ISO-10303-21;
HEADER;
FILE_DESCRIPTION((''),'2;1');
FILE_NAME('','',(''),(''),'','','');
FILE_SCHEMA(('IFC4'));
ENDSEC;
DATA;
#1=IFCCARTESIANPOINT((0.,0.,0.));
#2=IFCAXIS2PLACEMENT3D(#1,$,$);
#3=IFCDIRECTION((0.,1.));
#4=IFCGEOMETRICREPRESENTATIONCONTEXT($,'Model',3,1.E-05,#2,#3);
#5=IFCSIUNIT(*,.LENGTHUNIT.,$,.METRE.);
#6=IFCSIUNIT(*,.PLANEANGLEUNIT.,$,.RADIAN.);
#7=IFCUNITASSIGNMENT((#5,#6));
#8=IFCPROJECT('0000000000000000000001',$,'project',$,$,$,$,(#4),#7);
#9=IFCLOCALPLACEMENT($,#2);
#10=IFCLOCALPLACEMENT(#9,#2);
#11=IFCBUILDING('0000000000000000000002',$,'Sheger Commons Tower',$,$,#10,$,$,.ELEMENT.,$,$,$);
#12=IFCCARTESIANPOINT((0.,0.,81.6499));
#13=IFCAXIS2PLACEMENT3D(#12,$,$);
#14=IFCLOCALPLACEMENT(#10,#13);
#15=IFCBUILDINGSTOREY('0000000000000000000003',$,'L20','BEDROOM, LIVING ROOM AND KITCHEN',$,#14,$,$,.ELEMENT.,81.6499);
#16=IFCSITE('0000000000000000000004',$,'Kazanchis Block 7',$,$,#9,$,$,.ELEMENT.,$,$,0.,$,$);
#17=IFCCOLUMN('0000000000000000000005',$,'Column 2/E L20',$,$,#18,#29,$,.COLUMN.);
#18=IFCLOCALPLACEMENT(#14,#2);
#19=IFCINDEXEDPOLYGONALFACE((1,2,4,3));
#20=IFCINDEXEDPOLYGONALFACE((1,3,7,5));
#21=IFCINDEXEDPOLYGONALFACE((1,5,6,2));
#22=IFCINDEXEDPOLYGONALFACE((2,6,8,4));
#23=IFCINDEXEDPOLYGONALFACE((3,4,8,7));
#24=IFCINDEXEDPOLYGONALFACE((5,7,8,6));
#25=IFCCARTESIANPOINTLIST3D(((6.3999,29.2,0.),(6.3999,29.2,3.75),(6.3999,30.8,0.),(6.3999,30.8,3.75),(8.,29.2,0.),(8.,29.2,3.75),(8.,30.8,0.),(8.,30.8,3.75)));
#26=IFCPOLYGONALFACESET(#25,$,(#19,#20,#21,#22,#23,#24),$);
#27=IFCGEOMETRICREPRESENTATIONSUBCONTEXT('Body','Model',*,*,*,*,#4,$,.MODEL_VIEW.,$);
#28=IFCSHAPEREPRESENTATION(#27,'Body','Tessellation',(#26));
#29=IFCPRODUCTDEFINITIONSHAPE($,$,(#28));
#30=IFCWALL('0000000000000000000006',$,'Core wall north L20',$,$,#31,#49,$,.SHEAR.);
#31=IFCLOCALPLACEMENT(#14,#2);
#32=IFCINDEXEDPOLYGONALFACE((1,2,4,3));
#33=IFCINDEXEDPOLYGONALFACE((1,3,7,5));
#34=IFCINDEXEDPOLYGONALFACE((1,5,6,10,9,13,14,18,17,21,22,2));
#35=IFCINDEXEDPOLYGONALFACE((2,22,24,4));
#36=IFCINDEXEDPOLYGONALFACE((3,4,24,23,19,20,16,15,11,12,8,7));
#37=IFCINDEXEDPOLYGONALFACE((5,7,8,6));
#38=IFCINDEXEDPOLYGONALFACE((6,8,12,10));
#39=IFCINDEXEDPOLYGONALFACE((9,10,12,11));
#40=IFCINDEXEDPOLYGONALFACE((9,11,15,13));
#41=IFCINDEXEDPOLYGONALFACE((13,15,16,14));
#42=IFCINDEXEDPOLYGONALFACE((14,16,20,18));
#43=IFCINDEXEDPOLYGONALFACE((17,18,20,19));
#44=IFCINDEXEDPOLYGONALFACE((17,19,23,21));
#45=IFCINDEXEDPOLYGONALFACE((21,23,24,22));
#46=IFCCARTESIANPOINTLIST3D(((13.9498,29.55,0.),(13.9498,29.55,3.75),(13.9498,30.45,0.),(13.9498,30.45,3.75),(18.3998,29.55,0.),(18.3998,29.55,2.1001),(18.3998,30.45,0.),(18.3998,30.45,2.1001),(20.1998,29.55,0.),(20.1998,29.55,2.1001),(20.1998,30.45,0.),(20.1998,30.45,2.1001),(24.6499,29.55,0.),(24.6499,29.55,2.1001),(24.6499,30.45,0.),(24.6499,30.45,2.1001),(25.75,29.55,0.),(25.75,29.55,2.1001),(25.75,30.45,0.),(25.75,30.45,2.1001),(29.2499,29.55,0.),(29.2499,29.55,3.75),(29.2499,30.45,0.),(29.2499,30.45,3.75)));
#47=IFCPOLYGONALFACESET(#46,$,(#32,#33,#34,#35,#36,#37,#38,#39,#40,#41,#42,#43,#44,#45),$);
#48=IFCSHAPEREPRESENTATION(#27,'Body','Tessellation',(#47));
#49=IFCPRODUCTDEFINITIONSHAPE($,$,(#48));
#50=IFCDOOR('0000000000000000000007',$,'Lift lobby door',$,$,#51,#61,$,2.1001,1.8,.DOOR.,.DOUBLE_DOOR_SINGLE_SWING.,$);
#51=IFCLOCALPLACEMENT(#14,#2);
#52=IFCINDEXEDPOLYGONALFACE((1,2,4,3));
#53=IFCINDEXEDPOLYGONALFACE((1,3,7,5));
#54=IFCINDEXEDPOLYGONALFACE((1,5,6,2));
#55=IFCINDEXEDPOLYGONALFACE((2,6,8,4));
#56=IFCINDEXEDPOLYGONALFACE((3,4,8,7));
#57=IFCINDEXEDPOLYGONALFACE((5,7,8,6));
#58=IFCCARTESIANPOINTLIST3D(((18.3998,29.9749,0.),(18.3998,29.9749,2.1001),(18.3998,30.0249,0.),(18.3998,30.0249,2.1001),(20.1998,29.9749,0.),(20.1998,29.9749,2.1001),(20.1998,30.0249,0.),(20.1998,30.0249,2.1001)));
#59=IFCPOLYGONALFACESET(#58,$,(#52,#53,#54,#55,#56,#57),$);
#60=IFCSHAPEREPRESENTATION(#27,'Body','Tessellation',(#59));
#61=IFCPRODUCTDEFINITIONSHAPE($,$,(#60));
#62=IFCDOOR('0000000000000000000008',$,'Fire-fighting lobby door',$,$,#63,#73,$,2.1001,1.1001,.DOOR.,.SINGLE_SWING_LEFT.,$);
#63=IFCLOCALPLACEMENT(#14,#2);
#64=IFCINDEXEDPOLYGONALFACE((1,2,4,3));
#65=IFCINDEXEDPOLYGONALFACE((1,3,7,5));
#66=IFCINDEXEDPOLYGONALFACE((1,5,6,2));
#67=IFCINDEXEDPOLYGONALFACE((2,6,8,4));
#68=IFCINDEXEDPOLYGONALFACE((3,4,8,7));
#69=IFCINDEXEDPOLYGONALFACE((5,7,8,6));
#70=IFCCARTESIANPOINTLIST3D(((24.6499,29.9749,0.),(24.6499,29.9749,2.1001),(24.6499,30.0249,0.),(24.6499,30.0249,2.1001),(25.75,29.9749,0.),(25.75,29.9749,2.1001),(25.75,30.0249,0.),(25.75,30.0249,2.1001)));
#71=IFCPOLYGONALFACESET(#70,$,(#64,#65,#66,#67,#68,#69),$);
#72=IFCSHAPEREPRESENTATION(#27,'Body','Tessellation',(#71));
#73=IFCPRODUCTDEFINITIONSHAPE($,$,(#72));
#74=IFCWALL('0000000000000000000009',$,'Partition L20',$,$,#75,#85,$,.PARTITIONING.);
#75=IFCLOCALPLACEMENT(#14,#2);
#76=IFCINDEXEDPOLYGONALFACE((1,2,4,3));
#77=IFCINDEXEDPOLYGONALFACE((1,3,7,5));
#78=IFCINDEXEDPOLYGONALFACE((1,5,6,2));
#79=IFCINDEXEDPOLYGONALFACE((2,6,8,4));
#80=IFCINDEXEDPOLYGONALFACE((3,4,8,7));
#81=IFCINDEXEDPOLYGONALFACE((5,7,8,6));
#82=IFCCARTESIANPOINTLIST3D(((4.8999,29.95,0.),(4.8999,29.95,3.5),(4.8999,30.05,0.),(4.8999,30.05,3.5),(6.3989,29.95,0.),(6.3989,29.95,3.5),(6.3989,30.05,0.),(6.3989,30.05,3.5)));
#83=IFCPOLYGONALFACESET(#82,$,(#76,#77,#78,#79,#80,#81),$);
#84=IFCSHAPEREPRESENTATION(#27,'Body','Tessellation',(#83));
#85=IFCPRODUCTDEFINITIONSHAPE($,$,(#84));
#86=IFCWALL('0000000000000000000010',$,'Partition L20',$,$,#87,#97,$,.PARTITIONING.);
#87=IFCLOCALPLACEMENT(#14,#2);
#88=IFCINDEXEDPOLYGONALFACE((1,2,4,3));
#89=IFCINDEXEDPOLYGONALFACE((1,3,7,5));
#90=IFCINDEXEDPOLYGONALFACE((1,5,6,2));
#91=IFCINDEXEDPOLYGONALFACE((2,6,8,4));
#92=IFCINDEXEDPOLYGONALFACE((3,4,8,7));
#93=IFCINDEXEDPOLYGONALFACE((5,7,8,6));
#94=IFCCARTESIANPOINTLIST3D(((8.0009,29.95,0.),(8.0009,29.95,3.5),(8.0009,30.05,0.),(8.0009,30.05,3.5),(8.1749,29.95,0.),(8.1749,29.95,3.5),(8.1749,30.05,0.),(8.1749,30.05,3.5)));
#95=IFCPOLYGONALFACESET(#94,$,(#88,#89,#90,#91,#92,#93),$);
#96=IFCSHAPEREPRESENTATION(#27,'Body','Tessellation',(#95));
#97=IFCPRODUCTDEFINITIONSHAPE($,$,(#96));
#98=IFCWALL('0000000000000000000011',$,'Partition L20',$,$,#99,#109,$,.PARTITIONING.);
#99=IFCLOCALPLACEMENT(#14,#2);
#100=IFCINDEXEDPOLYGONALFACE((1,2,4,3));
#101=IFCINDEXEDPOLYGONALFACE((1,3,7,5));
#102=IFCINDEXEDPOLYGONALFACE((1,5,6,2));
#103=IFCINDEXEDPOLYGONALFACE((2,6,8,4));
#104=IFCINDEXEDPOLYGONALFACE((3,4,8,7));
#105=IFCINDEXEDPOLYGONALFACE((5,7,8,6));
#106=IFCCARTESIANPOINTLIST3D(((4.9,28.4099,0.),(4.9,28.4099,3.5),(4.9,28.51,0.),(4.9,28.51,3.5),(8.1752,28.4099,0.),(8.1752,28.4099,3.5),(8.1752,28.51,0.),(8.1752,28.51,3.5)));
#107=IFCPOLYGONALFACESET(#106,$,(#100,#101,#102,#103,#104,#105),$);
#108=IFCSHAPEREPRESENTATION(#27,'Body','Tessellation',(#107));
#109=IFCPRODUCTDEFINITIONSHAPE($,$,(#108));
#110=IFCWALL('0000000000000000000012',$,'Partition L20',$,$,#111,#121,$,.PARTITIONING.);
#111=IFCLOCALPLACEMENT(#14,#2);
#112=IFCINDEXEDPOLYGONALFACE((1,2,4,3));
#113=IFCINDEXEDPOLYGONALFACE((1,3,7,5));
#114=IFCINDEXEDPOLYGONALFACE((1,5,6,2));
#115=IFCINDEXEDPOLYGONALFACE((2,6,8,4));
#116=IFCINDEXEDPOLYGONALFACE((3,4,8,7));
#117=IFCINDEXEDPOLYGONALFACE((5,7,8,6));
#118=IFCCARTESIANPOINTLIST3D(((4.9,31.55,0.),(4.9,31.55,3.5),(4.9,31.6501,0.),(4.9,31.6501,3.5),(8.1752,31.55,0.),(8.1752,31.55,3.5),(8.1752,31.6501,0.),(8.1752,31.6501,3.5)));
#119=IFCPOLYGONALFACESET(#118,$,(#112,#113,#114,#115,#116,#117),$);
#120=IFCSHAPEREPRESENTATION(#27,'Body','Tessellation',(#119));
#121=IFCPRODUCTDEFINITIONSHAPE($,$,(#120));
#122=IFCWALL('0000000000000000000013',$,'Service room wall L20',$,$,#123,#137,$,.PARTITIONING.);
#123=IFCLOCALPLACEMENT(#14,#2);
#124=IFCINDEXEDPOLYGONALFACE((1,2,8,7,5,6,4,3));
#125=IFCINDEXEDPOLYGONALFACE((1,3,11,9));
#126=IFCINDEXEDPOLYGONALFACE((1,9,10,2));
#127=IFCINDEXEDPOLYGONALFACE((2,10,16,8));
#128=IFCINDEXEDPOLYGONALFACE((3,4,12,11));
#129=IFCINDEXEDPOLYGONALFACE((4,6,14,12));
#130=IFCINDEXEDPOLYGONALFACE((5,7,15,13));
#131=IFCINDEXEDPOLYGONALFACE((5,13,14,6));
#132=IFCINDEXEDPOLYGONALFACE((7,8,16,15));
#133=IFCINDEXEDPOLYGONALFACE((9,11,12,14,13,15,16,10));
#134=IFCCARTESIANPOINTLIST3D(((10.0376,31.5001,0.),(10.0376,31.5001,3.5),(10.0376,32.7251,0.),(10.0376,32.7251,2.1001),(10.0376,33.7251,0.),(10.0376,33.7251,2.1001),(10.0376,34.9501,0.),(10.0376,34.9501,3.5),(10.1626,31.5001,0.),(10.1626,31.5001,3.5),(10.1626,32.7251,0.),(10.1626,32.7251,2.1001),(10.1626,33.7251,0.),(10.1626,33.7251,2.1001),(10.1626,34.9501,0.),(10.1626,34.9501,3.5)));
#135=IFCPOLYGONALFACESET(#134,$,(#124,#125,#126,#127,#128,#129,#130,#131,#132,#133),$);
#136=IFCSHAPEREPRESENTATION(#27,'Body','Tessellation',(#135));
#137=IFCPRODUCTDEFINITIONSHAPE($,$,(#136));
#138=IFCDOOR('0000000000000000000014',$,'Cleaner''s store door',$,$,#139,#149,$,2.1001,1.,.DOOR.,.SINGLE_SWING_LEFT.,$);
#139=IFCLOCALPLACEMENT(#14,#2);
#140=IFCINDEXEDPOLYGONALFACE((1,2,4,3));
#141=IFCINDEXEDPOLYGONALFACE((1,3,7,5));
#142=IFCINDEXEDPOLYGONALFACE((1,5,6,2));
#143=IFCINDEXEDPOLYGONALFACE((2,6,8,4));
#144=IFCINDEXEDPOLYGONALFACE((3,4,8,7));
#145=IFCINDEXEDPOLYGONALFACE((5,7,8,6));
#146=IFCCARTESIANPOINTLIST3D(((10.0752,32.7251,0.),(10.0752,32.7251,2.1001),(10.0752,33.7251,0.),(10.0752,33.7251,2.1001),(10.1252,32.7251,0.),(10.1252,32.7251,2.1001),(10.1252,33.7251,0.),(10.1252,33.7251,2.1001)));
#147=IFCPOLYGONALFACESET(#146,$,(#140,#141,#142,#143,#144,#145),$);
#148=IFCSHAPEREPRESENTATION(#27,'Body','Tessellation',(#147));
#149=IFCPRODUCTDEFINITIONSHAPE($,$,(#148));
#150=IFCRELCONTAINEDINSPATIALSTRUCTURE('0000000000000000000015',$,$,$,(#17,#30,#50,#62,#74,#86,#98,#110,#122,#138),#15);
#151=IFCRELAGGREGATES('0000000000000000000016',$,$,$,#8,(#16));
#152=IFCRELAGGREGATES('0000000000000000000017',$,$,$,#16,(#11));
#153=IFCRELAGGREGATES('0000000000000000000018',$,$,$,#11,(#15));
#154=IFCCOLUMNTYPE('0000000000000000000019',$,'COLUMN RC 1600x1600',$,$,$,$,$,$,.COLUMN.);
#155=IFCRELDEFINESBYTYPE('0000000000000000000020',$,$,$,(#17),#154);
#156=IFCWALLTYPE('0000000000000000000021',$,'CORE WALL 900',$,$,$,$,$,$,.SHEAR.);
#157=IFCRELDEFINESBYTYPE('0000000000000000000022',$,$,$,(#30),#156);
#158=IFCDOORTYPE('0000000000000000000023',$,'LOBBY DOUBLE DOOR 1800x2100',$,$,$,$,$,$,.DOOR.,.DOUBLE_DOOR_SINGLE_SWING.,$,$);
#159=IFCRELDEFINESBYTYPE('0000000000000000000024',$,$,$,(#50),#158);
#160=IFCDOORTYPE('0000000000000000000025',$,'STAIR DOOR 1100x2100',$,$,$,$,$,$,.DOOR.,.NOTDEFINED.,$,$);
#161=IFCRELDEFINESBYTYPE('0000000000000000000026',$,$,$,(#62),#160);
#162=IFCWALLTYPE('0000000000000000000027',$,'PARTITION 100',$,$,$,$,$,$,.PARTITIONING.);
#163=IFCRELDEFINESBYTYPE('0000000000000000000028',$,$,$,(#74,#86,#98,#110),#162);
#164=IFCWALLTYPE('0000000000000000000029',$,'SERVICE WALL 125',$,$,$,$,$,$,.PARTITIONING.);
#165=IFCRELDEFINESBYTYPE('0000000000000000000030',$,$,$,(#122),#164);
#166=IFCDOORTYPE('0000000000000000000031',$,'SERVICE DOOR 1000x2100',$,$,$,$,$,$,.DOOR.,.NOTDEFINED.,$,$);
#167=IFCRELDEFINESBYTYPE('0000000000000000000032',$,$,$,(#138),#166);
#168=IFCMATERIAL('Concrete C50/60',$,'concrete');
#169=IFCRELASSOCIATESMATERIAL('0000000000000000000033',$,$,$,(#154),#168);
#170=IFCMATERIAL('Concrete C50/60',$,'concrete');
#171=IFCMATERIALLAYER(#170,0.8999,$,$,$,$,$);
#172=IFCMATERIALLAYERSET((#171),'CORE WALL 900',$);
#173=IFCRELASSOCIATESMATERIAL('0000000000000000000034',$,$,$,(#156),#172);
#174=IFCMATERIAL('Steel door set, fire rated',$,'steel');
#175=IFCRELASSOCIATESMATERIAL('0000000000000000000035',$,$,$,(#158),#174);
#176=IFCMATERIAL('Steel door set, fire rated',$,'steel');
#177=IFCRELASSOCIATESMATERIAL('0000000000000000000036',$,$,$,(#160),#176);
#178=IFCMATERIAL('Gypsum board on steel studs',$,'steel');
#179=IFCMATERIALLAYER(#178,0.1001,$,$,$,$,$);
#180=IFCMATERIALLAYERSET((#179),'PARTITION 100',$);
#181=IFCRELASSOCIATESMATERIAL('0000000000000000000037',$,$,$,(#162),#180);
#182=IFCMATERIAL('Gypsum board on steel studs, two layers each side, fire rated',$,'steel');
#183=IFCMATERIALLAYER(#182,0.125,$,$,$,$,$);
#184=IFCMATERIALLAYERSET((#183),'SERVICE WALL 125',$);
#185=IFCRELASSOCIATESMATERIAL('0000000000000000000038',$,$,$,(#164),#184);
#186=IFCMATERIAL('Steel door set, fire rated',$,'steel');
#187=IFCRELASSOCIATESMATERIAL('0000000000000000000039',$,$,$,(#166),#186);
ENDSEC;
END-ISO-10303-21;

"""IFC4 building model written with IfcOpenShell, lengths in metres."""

from ifc_helpers import new_model, si_unit, direction, frame, frame_2d, origin, origin_2d, place, context, subcontext, project, spatial, rectangle, extrude, material, layer, layer_set, material_profile, profile_set, type_object, element, fill, save


model = new_model("IFC4")

# Units and contexts
model_context = context("Model", 3, precision=1e-05, world=origin(), true_north=direction((0.0, 1.0)))
body_context = subcontext(model_context, "Body", "Model", "MODEL_VIEW")
ifc_project = project(units=[si_unit("LENGTHUNIT", "METRE"), si_unit("PLANEANGLEUNIT", "RADIAN")], contexts=[model_context])

# Site, building, storey
site_placement = place(None, origin())
site = spatial("IfcSite", under=ifc_project, at=site_placement, Name="Kazanchis Block 7", CompositionType="ELEMENT", RefElevation=0.0)
building_placement = place(site_placement, origin())
building = spatial("IfcBuilding", under=site, at=building_placement, Name="Sheger Commons Tower", CompositionType="ELEMENT")
storey_placement = place(building_placement, frame((0.0, 0.0, 81.6499)))
storey = spatial("IfcBuildingStorey", under=building, at=storey_placement, Name="L20", Description="BEDROOM, LIVING ROOM AND KITCHEN", CompositionType="ELEMENT", Elevation=81.6499)

# Column
ifc_material_1 = material(Name="Concrete C50/60", Category="concrete")
ifc_material_profile = material_profile(ifc_material_1, rectangle(XDim=1.6001, YDim=1.6001, at=origin_2d()), Name="RC 1600x1600")
ifc_profile_set = profile_set([ifc_material_profile], Name="Concrete C50/60")
column_type = type_object("IfcColumnType", Name="COLUMN RC 1600x1600", PredefinedType="COLUMN", material=ifc_profile_set)
column_placement = place(storey_placement, frame((7.2, 30.0, 0.0), z_axis=(0.0, 0.0, 1.0), x_axis=(1.0, 0.0, 0.0)))
element("IfcColumn", 1, at=column_placement, inside=storey, type_object=column_type, Name="Column 2/E L20", PredefinedType="COLUMN", context=body_context, shape_type="SweptSolid", body=[
    extrude(rectangle(XDim=1.6001, YDim=1.6001, at=origin_2d()), origin(), (0.0, 0.0, 1.0), 3.75),
])

# Wall, openings, doors
ifc_material_2 = material(Name="Concrete C50/60", Category="concrete")
ifc_layer_1 = layer(ifc_material_2, 0.8999)
ifc_layer_set_1 = layer_set([ifc_layer_1], Name="CORE WALL 900")
wall_type_1 = type_object("IfcWallType", Name="CORE WALL 900", PredefinedType="SHEAR", material=ifc_layer_set_1)
wall_1_placement = place(storey_placement, frame((13.95, 30.0, 0.0), z_axis=(0.0, 0.0, 1.0), x_axis=(1.0, 0.0, 0.0)))
wall_1 = element("IfcWall", 2, at=wall_1_placement, inside=storey, type_object=wall_type_1, Name="Core wall north L20", PredefinedType="SHEAR", context=body_context, shape_type="SweptSolid", body=[
    extrude(rectangle(XDim=15.3, YDim=0.8999, at=frame_2d((7.6499, 0.0))), origin(), (0.0, 0.0, 1.0), 3.75),
])
opening_1_placement = place(wall_1_placement, frame((4.45, 0.0, 0.0)))
opening_1 = element("IfcOpeningElement", 3, at=opening_1_placement, cuts=wall_1, PredefinedType="OPENING", context=body_context, shape_type="SweptSolid", body=[
    extrude(rectangle(XDim=1.8, YDim=2.1001, at=frame_2d((0.8999, 1.05))), frame((0.0, 0.46, 0.0), z_axis=(0.0, -1.0, 0.0), x_axis=(1.0, 0.0, 0.0)), (0.0, 0.0, 1.0), 0.9199),
])
opening_2_placement = place(wall_1_placement, frame((10.7, 0.0, 0.0)))
opening_2 = element("IfcOpeningElement", 4, at=opening_2_placement, cuts=wall_1, PredefinedType="OPENING", context=body_context, shape_type="SweptSolid", body=[
    extrude(rectangle(XDim=1.1001, YDim=2.1001, at=frame_2d((0.55, 1.05))), frame((0.0, 0.46, 0.0), z_axis=(0.0, -1.0, 0.0), x_axis=(1.0, 0.0, 0.0)), (0.0, 0.0, 1.0), 0.9199),
])
ifc_material_3 = material(Name="Steel door set, fire rated", Category="steel")
door_type_1 = type_object("IfcDoorType", Name="LOBBY DOUBLE DOOR 1800x2100", OperationType="DOUBLE_DOOR_SINGLE_SWING", PredefinedType="DOOR", material=ifc_material_3)
door_1_placement = place(opening_1_placement, origin())
door_1 = element("IfcDoor", 5, at=door_1_placement, inside=storey, type_object=door_type_1, Name="Lift lobby door", OperationType="DOUBLE_DOOR_SINGLE_SWING", OverallHeight=2.1001, OverallWidth=1.8, PredefinedType="DOOR", context=body_context, shape_type="SweptSolid", body=[
    extrude(rectangle(XDim=1.8, YDim=2.1001, at=frame_2d((0.8999, 1.05))), frame((0.0, 0.0249, 0.0), z_axis=(0.0, -1.0, 0.0), x_axis=(1.0, 0.0, 0.0)), (0.0, 0.0, 1.0), 0.05),
])
fill(opening_1, door_1)
ifc_material_4 = material(Name="Steel door set, fire rated", Category="steel")
door_type_2 = type_object("IfcDoorType", Name="STAIR DOOR 1100x2100", OperationType="NOTDEFINED", PredefinedType="DOOR", material=ifc_material_4)
door_2_placement = place(opening_2_placement, origin())
door_2 = element("IfcDoor", 6, at=door_2_placement, inside=storey, type_object=door_type_2, Name="Fire-fighting lobby door", OperationType="SINGLE_SWING_LEFT", OverallHeight=2.1001, OverallWidth=1.1001, PredefinedType="DOOR", context=body_context, shape_type="SweptSolid", body=[
    extrude(rectangle(XDim=1.1001, YDim=2.1001, at=frame_2d((0.55, 1.05))), frame((0.0, 0.0249, 0.0), z_axis=(0.0, -1.0, 0.0), x_axis=(1.0, 0.0, 0.0)), (0.0, 0.0, 1.0), 0.05),
])
fill(opening_2, door_2)

# Walls
ifc_material_5 = material(Name="Gypsum board on steel studs", Category="steel")
ifc_layer_2 = layer(ifc_material_5, 0.1001)
ifc_layer_set_2 = layer_set([ifc_layer_2], Name="PARTITION 100")
wall_type_2 = type_object("IfcWallType", Name="PARTITION 100", PredefinedType="PARTITIONING", material=ifc_layer_set_2)
wall_2_placement = place(storey_placement, frame((4.8999, 30.0, 0.0), z_axis=(0.0, 0.0, 1.0), x_axis=(1.0, 0.0, 0.0)))
element("IfcWall", 7, at=wall_2_placement, inside=storey, type_object=wall_type_2, Name="Partition L20", PredefinedType="PARTITIONING", context=body_context, shape_type="SweptSolid", body=[
    extrude(rectangle(XDim=1.499, YDim=0.1001, at=frame_2d((0.7495, 0.0))), origin(), (0.0, 0.0, 1.0), 3.5),
])
wall_3_placement = place(storey_placement, frame((8.001, 30.0, 0.0), z_axis=(0.0, 0.0, 1.0), x_axis=(1.0, 0.0, 0.0)))
element("IfcWall", 8, at=wall_3_placement, inside=storey, type_object=wall_type_2, Name="Partition L20", PredefinedType="PARTITIONING", context=body_context, shape_type="SweptSolid", body=[
    extrude(rectangle(XDim=0.1741, YDim=0.1001, at=frame_2d((0.0869, 0.0))), origin(), (0.0, 0.0, 1.0), 3.5),
])
for number, where, z_axis, x_axis, name in (
    (9, (4.8999, 28.46, 0.0), (0.0, 0.0, 1.0), (1.0, 0.0, 0.0), "Partition L20"),
    (10, (4.8999, 31.6001, 0.0), (0.0, 0.0, 1.0), (1.0, 0.0, 0.0), "Partition L20"),
):
    element("IfcWall", number, at=place(storey_placement, frame(where, z_axis=z_axis, x_axis=x_axis)), inside=storey, type_object=wall_type_2, Name=name, PredefinedType="PARTITIONING", context=body_context, shape_type="SweptSolid", body=[
        extrude(rectangle(XDim=3.2751, YDim=0.1001, at=frame_2d((1.6377, 0.0))), origin(), (0.0, 0.0, 1.0), 3.5),
    ])

# Wall, opening, door
ifc_material_6 = material(Name="Gypsum board on steel studs, two layers each side, fire rated", Category="steel")
ifc_layer_3 = layer(ifc_material_6, 0.125)
ifc_layer_set_3 = layer_set([ifc_layer_3], Name="SERVICE WALL 125")
wall_type_3 = type_object("IfcWallType", Name="SERVICE WALL 125", PredefinedType="PARTITIONING", material=ifc_layer_set_3)
wall_4_placement = place(storey_placement, frame((10.1001, 31.5, 0.0), z_axis=(0.0, 0.0, 1.0), x_axis=(0.0, 1.0, 0.0)))
wall_4 = element("IfcWall", 11, at=wall_4_placement, inside=storey, type_object=wall_type_3, Name="Service room wall L20", PredefinedType="PARTITIONING", context=body_context, shape_type="SweptSolid", body=[
    extrude(rectangle(XDim=3.45, YDim=0.125, at=frame_2d((1.7251, 0.0))), origin(), (0.0, 0.0, 1.0), 3.5),
])
opening_3_placement = place(wall_4_placement, frame((1.2251, 0.0, 0.0)))
opening_3 = element("IfcOpeningElement", 12, at=opening_3_placement, cuts=wall_4, PredefinedType="OPENING", context=body_context, shape_type="SweptSolid", body=[
    extrude(rectangle(XDim=1.0, YDim=2.1001, at=frame_2d((0.5, 1.05))), frame((0.0, 0.0725, 0.0), z_axis=(0.0, -1.0, 0.0), x_axis=(1.0, 0.0, 0.0)), (0.0, 0.0, 1.0), 0.145),
])
ifc_material_7 = material(Name="Steel door set, fire rated", Category="steel")
door_type_3 = type_object("IfcDoorType", Name="SERVICE DOOR 1000x2100", OperationType="NOTDEFINED", PredefinedType="DOOR", material=ifc_material_7)
door_3_placement = place(opening_3_placement, origin())
door_3 = element("IfcDoor", 13, at=door_3_placement, inside=storey, type_object=door_type_3, Name="Cleaner's store door", OperationType="SINGLE_SWING_LEFT", OverallHeight=2.1001, OverallWidth=1.0, PredefinedType="DOOR", context=body_context, shape_type="SweptSolid", body=[
    extrude(rectangle(XDim=1.0, YDim=2.1001, at=frame_2d((0.5, 1.05))), frame((0.0, 0.0249, 0.0), z_axis=(0.0, -1.0, 0.0), x_axis=(1.0, 0.0, 0.0)), (0.0, 0.0, 1.0), 0.05),
])
fill(opening_3, door_3)

save(model, "model.ifc")
